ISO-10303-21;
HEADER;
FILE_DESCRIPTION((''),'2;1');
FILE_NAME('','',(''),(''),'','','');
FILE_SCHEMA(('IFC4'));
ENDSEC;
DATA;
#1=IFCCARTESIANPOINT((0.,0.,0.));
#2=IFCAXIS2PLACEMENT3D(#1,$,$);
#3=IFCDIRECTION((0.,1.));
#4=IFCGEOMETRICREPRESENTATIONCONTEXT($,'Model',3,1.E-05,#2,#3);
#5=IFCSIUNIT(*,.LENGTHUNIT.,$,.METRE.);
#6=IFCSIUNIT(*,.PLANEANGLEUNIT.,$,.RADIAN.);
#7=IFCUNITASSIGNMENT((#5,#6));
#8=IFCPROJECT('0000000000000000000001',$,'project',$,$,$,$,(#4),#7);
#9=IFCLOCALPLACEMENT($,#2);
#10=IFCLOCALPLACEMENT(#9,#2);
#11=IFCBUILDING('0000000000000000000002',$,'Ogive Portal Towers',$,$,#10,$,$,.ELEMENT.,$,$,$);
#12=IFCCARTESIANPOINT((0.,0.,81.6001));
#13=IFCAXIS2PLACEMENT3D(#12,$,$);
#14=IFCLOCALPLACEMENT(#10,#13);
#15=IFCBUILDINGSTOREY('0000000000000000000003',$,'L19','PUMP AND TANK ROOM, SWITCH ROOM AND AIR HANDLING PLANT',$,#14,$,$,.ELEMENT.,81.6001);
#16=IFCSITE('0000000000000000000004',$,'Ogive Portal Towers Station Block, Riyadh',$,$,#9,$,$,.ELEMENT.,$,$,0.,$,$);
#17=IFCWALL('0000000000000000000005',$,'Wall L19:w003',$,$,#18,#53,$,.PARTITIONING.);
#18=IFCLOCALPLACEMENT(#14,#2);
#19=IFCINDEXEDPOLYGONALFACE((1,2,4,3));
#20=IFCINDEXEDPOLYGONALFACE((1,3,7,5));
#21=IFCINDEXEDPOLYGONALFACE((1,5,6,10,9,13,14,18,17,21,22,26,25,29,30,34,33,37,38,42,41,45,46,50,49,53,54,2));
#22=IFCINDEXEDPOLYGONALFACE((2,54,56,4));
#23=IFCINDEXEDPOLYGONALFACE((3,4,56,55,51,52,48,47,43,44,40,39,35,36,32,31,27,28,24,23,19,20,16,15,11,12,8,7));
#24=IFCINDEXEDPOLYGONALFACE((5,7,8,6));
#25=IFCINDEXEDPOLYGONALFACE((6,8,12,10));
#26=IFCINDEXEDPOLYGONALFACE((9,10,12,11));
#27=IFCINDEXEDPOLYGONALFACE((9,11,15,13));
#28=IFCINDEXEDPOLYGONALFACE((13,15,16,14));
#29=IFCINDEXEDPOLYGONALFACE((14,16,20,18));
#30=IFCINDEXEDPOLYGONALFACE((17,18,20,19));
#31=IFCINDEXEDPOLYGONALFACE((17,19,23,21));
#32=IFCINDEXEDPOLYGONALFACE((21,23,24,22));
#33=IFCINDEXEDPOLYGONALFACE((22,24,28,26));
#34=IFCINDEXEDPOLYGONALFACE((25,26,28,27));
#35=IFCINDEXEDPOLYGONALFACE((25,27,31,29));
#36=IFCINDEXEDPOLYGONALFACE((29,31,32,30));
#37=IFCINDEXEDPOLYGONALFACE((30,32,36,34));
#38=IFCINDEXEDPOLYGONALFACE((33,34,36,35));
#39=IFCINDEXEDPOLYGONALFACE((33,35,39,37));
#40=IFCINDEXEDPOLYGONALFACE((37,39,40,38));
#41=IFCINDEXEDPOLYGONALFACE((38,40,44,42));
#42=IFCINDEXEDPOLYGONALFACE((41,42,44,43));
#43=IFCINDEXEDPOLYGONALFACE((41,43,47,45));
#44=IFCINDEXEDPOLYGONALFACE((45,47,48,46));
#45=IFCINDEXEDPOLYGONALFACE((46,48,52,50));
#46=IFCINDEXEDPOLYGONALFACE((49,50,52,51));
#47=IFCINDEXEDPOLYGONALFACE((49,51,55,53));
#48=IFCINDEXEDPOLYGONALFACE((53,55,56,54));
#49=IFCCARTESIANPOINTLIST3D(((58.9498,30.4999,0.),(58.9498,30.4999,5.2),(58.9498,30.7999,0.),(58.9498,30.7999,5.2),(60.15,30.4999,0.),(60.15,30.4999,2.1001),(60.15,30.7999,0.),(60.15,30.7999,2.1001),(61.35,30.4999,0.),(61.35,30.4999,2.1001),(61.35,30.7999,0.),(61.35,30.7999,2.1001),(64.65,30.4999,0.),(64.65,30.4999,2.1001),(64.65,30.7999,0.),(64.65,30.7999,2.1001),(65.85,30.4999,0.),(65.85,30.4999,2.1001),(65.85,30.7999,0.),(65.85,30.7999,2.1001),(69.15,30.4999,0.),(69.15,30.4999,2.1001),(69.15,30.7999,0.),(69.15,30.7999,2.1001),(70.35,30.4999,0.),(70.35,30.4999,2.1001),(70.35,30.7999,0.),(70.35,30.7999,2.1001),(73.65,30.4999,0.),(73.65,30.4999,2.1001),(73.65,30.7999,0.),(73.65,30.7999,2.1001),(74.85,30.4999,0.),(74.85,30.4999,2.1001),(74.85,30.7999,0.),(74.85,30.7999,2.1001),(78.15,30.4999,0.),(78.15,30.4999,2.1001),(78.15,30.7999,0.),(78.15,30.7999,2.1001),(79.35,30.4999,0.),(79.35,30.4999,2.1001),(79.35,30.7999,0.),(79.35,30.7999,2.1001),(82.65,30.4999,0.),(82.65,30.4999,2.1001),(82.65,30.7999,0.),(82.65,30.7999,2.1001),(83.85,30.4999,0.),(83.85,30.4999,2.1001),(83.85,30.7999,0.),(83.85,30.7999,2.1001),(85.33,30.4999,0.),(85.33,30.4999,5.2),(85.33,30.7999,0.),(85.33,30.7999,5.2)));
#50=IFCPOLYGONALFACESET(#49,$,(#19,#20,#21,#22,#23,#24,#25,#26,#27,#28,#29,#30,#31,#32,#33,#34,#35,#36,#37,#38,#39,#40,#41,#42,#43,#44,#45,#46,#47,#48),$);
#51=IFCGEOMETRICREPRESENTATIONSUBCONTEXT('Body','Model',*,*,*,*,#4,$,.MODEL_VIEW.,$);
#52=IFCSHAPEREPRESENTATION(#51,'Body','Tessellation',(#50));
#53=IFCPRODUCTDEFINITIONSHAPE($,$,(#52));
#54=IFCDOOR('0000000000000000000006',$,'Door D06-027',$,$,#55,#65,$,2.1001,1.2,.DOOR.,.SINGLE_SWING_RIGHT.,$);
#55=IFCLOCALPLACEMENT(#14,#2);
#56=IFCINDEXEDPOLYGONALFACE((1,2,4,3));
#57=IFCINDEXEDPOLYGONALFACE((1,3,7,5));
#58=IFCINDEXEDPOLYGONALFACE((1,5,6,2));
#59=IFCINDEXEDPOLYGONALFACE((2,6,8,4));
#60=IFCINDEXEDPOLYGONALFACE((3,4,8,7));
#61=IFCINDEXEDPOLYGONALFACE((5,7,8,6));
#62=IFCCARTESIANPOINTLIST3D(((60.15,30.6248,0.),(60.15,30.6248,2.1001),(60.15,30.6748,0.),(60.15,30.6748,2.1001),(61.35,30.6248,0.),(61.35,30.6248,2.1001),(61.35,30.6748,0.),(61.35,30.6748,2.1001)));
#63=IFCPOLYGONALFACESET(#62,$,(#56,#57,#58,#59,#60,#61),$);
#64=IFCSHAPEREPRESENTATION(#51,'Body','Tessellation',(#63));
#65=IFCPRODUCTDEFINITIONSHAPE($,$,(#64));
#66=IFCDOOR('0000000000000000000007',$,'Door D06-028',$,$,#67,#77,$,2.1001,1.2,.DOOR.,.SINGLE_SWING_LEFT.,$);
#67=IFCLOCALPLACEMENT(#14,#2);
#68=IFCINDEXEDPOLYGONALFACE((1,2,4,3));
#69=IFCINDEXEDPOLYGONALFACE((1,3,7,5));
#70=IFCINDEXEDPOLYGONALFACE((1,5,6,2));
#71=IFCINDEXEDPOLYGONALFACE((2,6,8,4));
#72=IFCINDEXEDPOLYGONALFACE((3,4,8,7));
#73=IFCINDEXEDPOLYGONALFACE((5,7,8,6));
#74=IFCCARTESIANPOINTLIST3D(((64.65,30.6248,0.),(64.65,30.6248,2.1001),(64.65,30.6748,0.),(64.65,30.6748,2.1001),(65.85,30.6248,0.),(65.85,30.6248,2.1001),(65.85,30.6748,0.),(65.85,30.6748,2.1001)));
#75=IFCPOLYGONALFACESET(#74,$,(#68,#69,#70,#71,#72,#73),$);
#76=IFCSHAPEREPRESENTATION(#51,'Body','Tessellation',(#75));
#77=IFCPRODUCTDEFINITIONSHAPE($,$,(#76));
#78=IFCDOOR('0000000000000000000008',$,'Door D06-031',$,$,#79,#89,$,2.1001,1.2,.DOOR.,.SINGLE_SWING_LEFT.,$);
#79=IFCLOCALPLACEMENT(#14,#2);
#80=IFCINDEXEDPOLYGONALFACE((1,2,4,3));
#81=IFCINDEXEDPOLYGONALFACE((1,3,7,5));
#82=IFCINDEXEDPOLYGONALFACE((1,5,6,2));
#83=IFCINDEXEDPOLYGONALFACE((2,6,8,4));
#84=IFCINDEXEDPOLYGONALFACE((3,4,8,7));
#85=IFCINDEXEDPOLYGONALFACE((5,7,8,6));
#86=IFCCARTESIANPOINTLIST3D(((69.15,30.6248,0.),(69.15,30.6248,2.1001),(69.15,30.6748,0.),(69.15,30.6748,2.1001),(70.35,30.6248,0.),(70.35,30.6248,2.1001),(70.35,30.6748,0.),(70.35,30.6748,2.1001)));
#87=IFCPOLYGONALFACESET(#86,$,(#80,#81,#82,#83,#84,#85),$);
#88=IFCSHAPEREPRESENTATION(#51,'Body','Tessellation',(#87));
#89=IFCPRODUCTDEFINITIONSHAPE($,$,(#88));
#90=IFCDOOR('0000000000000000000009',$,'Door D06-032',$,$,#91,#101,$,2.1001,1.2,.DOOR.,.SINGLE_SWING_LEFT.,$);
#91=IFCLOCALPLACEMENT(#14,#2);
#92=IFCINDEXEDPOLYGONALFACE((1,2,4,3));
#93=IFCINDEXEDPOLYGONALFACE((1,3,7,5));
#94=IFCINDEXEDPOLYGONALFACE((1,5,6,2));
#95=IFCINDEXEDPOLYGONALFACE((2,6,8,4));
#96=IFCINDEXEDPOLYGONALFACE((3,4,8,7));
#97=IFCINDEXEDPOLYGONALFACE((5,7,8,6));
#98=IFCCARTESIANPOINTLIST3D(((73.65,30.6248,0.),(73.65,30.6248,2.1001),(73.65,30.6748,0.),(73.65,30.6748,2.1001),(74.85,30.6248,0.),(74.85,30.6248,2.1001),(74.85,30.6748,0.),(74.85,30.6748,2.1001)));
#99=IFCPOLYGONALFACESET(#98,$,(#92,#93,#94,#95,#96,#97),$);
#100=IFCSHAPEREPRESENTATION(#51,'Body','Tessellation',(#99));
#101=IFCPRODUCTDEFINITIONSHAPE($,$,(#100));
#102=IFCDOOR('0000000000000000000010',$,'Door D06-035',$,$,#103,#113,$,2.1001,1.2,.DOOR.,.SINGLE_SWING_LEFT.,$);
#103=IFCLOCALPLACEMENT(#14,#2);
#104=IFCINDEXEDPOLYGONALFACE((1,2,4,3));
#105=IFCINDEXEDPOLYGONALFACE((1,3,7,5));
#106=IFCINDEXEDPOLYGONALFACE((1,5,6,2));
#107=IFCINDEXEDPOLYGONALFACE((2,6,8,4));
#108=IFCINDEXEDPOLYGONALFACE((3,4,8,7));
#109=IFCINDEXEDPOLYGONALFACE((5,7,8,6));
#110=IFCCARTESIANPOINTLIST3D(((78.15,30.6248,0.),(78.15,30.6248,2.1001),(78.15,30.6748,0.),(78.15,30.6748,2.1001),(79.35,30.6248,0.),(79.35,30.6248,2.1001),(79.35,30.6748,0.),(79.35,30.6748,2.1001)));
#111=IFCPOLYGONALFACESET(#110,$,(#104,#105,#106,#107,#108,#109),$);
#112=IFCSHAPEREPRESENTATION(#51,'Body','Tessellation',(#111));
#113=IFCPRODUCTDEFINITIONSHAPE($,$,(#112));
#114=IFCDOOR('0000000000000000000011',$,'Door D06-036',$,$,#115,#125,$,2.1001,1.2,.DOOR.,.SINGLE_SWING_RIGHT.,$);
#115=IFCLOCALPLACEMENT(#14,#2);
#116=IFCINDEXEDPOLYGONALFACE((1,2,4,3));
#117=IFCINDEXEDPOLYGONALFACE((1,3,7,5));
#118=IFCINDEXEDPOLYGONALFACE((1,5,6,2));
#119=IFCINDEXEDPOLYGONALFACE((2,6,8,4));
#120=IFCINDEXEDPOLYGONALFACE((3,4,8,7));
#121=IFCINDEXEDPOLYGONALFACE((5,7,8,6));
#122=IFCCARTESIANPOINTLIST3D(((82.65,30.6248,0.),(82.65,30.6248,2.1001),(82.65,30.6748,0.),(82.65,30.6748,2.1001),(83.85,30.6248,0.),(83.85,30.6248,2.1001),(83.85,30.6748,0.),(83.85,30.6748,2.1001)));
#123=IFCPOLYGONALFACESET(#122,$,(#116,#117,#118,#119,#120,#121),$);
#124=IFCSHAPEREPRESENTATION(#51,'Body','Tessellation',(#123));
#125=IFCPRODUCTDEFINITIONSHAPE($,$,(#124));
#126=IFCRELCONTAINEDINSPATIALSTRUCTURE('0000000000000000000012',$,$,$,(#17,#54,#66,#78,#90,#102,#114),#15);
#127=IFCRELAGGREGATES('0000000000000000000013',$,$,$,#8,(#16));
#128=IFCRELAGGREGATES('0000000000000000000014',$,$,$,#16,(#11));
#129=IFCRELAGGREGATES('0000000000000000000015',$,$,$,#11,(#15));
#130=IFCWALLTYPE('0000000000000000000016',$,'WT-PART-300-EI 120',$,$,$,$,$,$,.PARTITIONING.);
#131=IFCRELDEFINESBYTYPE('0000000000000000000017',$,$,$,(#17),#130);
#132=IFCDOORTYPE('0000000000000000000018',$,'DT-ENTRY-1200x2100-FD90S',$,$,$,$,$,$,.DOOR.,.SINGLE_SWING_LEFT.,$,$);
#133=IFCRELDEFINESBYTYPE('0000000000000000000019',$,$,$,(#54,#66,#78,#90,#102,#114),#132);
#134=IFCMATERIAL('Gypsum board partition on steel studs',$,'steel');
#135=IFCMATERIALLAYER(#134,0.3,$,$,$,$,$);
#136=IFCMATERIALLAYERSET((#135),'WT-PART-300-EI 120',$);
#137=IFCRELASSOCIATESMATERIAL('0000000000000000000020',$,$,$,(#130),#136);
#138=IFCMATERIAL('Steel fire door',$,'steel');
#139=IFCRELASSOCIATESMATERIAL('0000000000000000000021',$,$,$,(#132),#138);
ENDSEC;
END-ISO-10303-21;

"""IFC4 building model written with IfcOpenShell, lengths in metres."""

from ifc_helpers import new_model, si_unit, direction, frame, frame_2d, origin, place, context, subcontext, project, spatial, rectangle, extrude, material, layer, layer_set, type_object, element, fill, save


model = new_model("IFC4")

# Units and contexts
model_context = context("Model", 3, precision=1e-05, world=origin(), true_north=direction((0.0, 1.0)))
body_context = subcontext(model_context, "Body", "Model", "MODEL_VIEW")
ifc_project = project(units=[si_unit("LENGTHUNIT", "METRE"), si_unit("PLANEANGLEUNIT", "RADIAN")], contexts=[model_context])

# Site, building, storey
site_placement = place(None, origin())
site = spatial("IfcSite", under=ifc_project, at=site_placement, Name="Ogive Portal Towers Station Block, Riyadh", CompositionType="ELEMENT", RefElevation=0.0)
building_placement = place(site_placement, origin())
building = spatial("IfcBuilding", under=site, at=building_placement, Name="Ogive Portal Towers", CompositionType="ELEMENT")
storey_placement = place(building_placement, frame((0.0, 0.0, 81.6001)))
storey = spatial("IfcBuildingStorey", under=building, at=storey_placement, Name="L19", Description="PUMP AND TANK ROOM, SWITCH ROOM AND AIR HANDLING PLANT", CompositionType="ELEMENT", Elevation=81.6001)

# Wall, openings, doors
ifc_material_1 = material(Name="Gypsum board partition on steel studs", Category="steel")
ifc_layer_1 = layer(ifc_material_1, 0.3)
ifc_layer_set_1 = layer_set([ifc_layer_1], Name="WT-PART-300-EI 120")
wall_type_1 = type_object("IfcWallType", Name="WT-PART-300-EI 120", PredefinedType="PARTITIONING", material=ifc_layer_set_1)
wall_1_placement = place(storey_placement, frame((58.95, 30.6499, 0.0), z_axis=(0.0, 0.0, 1.0), x_axis=(1.0, 0.0, 0.0)))
wall_1 = element("IfcWall", 1, at=wall_1_placement, inside=storey, type_object=wall_type_1, Name="Wall L19:w003", PredefinedType="PARTITIONING", context=body_context, shape_type="SweptSolid", body=[
    extrude(rectangle(XDim=26.3801, YDim=0.3, at=frame_2d((13.1899, 0.0))), origin(), (0.0, 0.0, 1.0), 5.2),
])
opening_1_placement = place(wall_1_placement, frame((1.2, 0.0, 0.0)))
opening_1 = element("IfcOpeningElement", 2, at=opening_1_placement, cuts=wall_1, PredefinedType="OPENING", context=body_context, shape_type="SweptSolid", body=[
    extrude(rectangle(XDim=1.2, YDim=2.1001, at=frame_2d((0.6001, 1.05))), frame((0.0, 0.1602, 0.0), z_axis=(0.0, -1.0, 0.0), x_axis=(1.0, 0.0, 0.0)), (0.0, 0.0, 1.0), 0.3201),
])
opening_2_placement = place(wall_1_placement, frame((5.7, 0.0, 0.0)))
opening_2 = element("IfcOpeningElement", 3, at=opening_2_placement, cuts=wall_1, PredefinedType="OPENING", context=body_context, shape_type="SweptSolid", body=[
    extrude(rectangle(XDim=1.2, YDim=2.1001, at=frame_2d((0.6001, 1.05))), frame((0.0, 0.1602, 0.0), z_axis=(0.0, -1.0, 0.0), x_axis=(1.0, 0.0, 0.0)), (0.0, 0.0, 1.0), 0.3201),
])
opening_3_placement = place(wall_1_placement, frame((10.2, 0.0, 0.0)))
opening_3 = element("IfcOpeningElement", 4, at=opening_3_placement, cuts=wall_1, PredefinedType="OPENING", context=body_context, shape_type="SweptSolid", body=[
    extrude(rectangle(XDim=1.2, YDim=2.1001, at=frame_2d((0.6001, 1.05))), frame((0.0, 0.1602, 0.0), z_axis=(0.0, -1.0, 0.0), x_axis=(1.0, 0.0, 0.0)), (0.0, 0.0, 1.0), 0.3201),
])
opening_4_placement = place(wall_1_placement, frame((14.7, 0.0, 0.0)))
opening_4 = element("IfcOpeningElement", 5, at=opening_4_placement, cuts=wall_1, PredefinedType="OPENING", context=body_context, shape_type="SweptSolid", body=[
    extrude(rectangle(XDim=1.2, YDim=2.1001, at=frame_2d((0.6001, 1.05))), frame((0.0, 0.1602, 0.0), z_axis=(0.0, -1.0, 0.0), x_axis=(1.0, 0.0, 0.0)), (0.0, 0.0, 1.0), 0.3201),
])
opening_5_placement = place(wall_1_placement, frame((19.2, 0.0, 0.0)))
opening_5 = element("IfcOpeningElement", 6, at=opening_5_placement, cuts=wall_1, PredefinedType="OPENING", context=body_context, shape_type="SweptSolid", body=[
    extrude(rectangle(XDim=1.2, YDim=2.1001, at=frame_2d((0.6001, 1.05))), frame((0.0, 0.1602, 0.0), z_axis=(0.0, -1.0, 0.0), x_axis=(1.0, 0.0, 0.0)), (0.0, 0.0, 1.0), 0.3201),
])
opening_6_placement = place(wall_1_placement, frame((23.7, 0.0, 0.0)))
opening_6 = element("IfcOpeningElement", 7, at=opening_6_placement, cuts=wall_1, PredefinedType="OPENING", context=body_context, shape_type="SweptSolid", body=[
    extrude(rectangle(XDim=1.2, YDim=2.1001, at=frame_2d((0.6001, 1.05))), frame((0.0, 0.1602, 0.0), z_axis=(0.0, -1.0, 0.0), x_axis=(1.0, 0.0, 0.0)), (0.0, 0.0, 1.0), 0.3201),
])
ifc_material_2 = material(Name="Steel fire door", Category="steel")
door_type = type_object("IfcDoorType", Name="DT-ENTRY-1200x2100-FD90S", OperationType="SINGLE_SWING_LEFT", PredefinedType="DOOR", material=ifc_material_2)
door_1_placement = place(opening_1_placement, origin())
door_1 = element("IfcDoor", 8, at=door_1_placement, inside=storey, type_object=door_type, Name="Door D06-027", OperationType="SINGLE_SWING_RIGHT", OverallHeight=2.1001, OverallWidth=1.2, PredefinedType="DOOR", context=body_context, shape_type="SweptSolid", body=[
    extrude(rectangle(XDim=1.2, YDim=2.1001, at=frame_2d((0.6001, 1.05))), frame((0.0, 0.0249, 0.0), z_axis=(0.0, -1.0, 0.0), x_axis=(1.0, 0.0, 0.0)), (0.0, 0.0, 1.0), 0.05),
])
fill(opening_1, door_1)
door_2_placement = place(opening_2_placement, origin())
door_2 = element("IfcDoor", 9, at=door_2_placement, inside=storey, type_object=door_type, Name="Door D06-028", OperationType="SINGLE_SWING_LEFT", OverallHeight=2.1001, OverallWidth=1.2, PredefinedType="DOOR", context=body_context, shape_type="SweptSolid", body=[
    extrude(rectangle(XDim=1.2, YDim=2.1001, at=frame_2d((0.6001, 1.05))), frame((0.0, 0.0249, 0.0), z_axis=(0.0, -1.0, 0.0), x_axis=(1.0, 0.0, 0.0)), (0.0, 0.0, 1.0), 0.05),
])
fill(opening_2, door_2)
door_3_placement = place(opening_3_placement, origin())
door_3 = element("IfcDoor", 10, at=door_3_placement, inside=storey, type_object=door_type, Name="Door D06-031", OperationType="SINGLE_SWING_LEFT", OverallHeight=2.1001, OverallWidth=1.2, PredefinedType="DOOR", context=body_context, shape_type="SweptSolid", body=[
    extrude(rectangle(XDim=1.2, YDim=2.1001, at=frame_2d((0.6001, 1.05))), frame((0.0, 0.0249, 0.0), z_axis=(0.0, -1.0, 0.0), x_axis=(1.0, 0.0, 0.0)), (0.0, 0.0, 1.0), 0.05),
])
fill(opening_3, door_3)
door_4_placement = place(opening_4_placement, origin())
door_4 = element("IfcDoor", 11, at=door_4_placement, inside=storey, type_object=door_type, Name="Door D06-032", OperationType="SINGLE_SWING_LEFT", OverallHeight=2.1001, OverallWidth=1.2, PredefinedType="DOOR", context=body_context, shape_type="SweptSolid", body=[
    extrude(rectangle(XDim=1.2, YDim=2.1001, at=frame_2d((0.6001, 1.05))), frame((0.0, 0.0249, 0.0), z_axis=(0.0, -1.0, 0.0), x_axis=(1.0, 0.0, 0.0)), (0.0, 0.0, 1.0), 0.05),
])
fill(opening_4, door_4)
door_5_placement = place(opening_5_placement, origin())
door_5 = element("IfcDoor", 12, at=door_5_placement, inside=storey, type_object=door_type, Name="Door D06-035", OperationType="SINGLE_SWING_LEFT", OverallHeight=2.1001, OverallWidth=1.2, PredefinedType="DOOR", context=body_context, shape_type="SweptSolid", body=[
    extrude(rectangle(XDim=1.2, YDim=2.1001, at=frame_2d((0.6001, 1.05))), frame((0.0, 0.0249, 0.0), z_axis=(0.0, -1.0, 0.0), x_axis=(1.0, 0.0, 0.0)), (0.0, 0.0, 1.0), 0.05),
])
fill(opening_5, door_5)
door_6_placement = place(opening_6_placement, origin())
door_6 = element("IfcDoor", 13, at=door_6_placement, inside=storey, type_object=door_type, Name="Door D06-036", OperationType="SINGLE_SWING_RIGHT", OverallHeight=2.1001, OverallWidth=1.2, PredefinedType="DOOR", context=body_context, shape_type="SweptSolid", body=[
    extrude(rectangle(XDim=1.2, YDim=2.1001, at=frame_2d((0.6001, 1.05))), frame((0.0, 0.0249, 0.0), z_axis=(0.0, -1.0, 0.0), x_axis=(1.0, 0.0, 0.0)), (0.0, 0.0, 1.0), 0.05),
])
fill(opening_6, door_6)

save(model, "model.ifc")
